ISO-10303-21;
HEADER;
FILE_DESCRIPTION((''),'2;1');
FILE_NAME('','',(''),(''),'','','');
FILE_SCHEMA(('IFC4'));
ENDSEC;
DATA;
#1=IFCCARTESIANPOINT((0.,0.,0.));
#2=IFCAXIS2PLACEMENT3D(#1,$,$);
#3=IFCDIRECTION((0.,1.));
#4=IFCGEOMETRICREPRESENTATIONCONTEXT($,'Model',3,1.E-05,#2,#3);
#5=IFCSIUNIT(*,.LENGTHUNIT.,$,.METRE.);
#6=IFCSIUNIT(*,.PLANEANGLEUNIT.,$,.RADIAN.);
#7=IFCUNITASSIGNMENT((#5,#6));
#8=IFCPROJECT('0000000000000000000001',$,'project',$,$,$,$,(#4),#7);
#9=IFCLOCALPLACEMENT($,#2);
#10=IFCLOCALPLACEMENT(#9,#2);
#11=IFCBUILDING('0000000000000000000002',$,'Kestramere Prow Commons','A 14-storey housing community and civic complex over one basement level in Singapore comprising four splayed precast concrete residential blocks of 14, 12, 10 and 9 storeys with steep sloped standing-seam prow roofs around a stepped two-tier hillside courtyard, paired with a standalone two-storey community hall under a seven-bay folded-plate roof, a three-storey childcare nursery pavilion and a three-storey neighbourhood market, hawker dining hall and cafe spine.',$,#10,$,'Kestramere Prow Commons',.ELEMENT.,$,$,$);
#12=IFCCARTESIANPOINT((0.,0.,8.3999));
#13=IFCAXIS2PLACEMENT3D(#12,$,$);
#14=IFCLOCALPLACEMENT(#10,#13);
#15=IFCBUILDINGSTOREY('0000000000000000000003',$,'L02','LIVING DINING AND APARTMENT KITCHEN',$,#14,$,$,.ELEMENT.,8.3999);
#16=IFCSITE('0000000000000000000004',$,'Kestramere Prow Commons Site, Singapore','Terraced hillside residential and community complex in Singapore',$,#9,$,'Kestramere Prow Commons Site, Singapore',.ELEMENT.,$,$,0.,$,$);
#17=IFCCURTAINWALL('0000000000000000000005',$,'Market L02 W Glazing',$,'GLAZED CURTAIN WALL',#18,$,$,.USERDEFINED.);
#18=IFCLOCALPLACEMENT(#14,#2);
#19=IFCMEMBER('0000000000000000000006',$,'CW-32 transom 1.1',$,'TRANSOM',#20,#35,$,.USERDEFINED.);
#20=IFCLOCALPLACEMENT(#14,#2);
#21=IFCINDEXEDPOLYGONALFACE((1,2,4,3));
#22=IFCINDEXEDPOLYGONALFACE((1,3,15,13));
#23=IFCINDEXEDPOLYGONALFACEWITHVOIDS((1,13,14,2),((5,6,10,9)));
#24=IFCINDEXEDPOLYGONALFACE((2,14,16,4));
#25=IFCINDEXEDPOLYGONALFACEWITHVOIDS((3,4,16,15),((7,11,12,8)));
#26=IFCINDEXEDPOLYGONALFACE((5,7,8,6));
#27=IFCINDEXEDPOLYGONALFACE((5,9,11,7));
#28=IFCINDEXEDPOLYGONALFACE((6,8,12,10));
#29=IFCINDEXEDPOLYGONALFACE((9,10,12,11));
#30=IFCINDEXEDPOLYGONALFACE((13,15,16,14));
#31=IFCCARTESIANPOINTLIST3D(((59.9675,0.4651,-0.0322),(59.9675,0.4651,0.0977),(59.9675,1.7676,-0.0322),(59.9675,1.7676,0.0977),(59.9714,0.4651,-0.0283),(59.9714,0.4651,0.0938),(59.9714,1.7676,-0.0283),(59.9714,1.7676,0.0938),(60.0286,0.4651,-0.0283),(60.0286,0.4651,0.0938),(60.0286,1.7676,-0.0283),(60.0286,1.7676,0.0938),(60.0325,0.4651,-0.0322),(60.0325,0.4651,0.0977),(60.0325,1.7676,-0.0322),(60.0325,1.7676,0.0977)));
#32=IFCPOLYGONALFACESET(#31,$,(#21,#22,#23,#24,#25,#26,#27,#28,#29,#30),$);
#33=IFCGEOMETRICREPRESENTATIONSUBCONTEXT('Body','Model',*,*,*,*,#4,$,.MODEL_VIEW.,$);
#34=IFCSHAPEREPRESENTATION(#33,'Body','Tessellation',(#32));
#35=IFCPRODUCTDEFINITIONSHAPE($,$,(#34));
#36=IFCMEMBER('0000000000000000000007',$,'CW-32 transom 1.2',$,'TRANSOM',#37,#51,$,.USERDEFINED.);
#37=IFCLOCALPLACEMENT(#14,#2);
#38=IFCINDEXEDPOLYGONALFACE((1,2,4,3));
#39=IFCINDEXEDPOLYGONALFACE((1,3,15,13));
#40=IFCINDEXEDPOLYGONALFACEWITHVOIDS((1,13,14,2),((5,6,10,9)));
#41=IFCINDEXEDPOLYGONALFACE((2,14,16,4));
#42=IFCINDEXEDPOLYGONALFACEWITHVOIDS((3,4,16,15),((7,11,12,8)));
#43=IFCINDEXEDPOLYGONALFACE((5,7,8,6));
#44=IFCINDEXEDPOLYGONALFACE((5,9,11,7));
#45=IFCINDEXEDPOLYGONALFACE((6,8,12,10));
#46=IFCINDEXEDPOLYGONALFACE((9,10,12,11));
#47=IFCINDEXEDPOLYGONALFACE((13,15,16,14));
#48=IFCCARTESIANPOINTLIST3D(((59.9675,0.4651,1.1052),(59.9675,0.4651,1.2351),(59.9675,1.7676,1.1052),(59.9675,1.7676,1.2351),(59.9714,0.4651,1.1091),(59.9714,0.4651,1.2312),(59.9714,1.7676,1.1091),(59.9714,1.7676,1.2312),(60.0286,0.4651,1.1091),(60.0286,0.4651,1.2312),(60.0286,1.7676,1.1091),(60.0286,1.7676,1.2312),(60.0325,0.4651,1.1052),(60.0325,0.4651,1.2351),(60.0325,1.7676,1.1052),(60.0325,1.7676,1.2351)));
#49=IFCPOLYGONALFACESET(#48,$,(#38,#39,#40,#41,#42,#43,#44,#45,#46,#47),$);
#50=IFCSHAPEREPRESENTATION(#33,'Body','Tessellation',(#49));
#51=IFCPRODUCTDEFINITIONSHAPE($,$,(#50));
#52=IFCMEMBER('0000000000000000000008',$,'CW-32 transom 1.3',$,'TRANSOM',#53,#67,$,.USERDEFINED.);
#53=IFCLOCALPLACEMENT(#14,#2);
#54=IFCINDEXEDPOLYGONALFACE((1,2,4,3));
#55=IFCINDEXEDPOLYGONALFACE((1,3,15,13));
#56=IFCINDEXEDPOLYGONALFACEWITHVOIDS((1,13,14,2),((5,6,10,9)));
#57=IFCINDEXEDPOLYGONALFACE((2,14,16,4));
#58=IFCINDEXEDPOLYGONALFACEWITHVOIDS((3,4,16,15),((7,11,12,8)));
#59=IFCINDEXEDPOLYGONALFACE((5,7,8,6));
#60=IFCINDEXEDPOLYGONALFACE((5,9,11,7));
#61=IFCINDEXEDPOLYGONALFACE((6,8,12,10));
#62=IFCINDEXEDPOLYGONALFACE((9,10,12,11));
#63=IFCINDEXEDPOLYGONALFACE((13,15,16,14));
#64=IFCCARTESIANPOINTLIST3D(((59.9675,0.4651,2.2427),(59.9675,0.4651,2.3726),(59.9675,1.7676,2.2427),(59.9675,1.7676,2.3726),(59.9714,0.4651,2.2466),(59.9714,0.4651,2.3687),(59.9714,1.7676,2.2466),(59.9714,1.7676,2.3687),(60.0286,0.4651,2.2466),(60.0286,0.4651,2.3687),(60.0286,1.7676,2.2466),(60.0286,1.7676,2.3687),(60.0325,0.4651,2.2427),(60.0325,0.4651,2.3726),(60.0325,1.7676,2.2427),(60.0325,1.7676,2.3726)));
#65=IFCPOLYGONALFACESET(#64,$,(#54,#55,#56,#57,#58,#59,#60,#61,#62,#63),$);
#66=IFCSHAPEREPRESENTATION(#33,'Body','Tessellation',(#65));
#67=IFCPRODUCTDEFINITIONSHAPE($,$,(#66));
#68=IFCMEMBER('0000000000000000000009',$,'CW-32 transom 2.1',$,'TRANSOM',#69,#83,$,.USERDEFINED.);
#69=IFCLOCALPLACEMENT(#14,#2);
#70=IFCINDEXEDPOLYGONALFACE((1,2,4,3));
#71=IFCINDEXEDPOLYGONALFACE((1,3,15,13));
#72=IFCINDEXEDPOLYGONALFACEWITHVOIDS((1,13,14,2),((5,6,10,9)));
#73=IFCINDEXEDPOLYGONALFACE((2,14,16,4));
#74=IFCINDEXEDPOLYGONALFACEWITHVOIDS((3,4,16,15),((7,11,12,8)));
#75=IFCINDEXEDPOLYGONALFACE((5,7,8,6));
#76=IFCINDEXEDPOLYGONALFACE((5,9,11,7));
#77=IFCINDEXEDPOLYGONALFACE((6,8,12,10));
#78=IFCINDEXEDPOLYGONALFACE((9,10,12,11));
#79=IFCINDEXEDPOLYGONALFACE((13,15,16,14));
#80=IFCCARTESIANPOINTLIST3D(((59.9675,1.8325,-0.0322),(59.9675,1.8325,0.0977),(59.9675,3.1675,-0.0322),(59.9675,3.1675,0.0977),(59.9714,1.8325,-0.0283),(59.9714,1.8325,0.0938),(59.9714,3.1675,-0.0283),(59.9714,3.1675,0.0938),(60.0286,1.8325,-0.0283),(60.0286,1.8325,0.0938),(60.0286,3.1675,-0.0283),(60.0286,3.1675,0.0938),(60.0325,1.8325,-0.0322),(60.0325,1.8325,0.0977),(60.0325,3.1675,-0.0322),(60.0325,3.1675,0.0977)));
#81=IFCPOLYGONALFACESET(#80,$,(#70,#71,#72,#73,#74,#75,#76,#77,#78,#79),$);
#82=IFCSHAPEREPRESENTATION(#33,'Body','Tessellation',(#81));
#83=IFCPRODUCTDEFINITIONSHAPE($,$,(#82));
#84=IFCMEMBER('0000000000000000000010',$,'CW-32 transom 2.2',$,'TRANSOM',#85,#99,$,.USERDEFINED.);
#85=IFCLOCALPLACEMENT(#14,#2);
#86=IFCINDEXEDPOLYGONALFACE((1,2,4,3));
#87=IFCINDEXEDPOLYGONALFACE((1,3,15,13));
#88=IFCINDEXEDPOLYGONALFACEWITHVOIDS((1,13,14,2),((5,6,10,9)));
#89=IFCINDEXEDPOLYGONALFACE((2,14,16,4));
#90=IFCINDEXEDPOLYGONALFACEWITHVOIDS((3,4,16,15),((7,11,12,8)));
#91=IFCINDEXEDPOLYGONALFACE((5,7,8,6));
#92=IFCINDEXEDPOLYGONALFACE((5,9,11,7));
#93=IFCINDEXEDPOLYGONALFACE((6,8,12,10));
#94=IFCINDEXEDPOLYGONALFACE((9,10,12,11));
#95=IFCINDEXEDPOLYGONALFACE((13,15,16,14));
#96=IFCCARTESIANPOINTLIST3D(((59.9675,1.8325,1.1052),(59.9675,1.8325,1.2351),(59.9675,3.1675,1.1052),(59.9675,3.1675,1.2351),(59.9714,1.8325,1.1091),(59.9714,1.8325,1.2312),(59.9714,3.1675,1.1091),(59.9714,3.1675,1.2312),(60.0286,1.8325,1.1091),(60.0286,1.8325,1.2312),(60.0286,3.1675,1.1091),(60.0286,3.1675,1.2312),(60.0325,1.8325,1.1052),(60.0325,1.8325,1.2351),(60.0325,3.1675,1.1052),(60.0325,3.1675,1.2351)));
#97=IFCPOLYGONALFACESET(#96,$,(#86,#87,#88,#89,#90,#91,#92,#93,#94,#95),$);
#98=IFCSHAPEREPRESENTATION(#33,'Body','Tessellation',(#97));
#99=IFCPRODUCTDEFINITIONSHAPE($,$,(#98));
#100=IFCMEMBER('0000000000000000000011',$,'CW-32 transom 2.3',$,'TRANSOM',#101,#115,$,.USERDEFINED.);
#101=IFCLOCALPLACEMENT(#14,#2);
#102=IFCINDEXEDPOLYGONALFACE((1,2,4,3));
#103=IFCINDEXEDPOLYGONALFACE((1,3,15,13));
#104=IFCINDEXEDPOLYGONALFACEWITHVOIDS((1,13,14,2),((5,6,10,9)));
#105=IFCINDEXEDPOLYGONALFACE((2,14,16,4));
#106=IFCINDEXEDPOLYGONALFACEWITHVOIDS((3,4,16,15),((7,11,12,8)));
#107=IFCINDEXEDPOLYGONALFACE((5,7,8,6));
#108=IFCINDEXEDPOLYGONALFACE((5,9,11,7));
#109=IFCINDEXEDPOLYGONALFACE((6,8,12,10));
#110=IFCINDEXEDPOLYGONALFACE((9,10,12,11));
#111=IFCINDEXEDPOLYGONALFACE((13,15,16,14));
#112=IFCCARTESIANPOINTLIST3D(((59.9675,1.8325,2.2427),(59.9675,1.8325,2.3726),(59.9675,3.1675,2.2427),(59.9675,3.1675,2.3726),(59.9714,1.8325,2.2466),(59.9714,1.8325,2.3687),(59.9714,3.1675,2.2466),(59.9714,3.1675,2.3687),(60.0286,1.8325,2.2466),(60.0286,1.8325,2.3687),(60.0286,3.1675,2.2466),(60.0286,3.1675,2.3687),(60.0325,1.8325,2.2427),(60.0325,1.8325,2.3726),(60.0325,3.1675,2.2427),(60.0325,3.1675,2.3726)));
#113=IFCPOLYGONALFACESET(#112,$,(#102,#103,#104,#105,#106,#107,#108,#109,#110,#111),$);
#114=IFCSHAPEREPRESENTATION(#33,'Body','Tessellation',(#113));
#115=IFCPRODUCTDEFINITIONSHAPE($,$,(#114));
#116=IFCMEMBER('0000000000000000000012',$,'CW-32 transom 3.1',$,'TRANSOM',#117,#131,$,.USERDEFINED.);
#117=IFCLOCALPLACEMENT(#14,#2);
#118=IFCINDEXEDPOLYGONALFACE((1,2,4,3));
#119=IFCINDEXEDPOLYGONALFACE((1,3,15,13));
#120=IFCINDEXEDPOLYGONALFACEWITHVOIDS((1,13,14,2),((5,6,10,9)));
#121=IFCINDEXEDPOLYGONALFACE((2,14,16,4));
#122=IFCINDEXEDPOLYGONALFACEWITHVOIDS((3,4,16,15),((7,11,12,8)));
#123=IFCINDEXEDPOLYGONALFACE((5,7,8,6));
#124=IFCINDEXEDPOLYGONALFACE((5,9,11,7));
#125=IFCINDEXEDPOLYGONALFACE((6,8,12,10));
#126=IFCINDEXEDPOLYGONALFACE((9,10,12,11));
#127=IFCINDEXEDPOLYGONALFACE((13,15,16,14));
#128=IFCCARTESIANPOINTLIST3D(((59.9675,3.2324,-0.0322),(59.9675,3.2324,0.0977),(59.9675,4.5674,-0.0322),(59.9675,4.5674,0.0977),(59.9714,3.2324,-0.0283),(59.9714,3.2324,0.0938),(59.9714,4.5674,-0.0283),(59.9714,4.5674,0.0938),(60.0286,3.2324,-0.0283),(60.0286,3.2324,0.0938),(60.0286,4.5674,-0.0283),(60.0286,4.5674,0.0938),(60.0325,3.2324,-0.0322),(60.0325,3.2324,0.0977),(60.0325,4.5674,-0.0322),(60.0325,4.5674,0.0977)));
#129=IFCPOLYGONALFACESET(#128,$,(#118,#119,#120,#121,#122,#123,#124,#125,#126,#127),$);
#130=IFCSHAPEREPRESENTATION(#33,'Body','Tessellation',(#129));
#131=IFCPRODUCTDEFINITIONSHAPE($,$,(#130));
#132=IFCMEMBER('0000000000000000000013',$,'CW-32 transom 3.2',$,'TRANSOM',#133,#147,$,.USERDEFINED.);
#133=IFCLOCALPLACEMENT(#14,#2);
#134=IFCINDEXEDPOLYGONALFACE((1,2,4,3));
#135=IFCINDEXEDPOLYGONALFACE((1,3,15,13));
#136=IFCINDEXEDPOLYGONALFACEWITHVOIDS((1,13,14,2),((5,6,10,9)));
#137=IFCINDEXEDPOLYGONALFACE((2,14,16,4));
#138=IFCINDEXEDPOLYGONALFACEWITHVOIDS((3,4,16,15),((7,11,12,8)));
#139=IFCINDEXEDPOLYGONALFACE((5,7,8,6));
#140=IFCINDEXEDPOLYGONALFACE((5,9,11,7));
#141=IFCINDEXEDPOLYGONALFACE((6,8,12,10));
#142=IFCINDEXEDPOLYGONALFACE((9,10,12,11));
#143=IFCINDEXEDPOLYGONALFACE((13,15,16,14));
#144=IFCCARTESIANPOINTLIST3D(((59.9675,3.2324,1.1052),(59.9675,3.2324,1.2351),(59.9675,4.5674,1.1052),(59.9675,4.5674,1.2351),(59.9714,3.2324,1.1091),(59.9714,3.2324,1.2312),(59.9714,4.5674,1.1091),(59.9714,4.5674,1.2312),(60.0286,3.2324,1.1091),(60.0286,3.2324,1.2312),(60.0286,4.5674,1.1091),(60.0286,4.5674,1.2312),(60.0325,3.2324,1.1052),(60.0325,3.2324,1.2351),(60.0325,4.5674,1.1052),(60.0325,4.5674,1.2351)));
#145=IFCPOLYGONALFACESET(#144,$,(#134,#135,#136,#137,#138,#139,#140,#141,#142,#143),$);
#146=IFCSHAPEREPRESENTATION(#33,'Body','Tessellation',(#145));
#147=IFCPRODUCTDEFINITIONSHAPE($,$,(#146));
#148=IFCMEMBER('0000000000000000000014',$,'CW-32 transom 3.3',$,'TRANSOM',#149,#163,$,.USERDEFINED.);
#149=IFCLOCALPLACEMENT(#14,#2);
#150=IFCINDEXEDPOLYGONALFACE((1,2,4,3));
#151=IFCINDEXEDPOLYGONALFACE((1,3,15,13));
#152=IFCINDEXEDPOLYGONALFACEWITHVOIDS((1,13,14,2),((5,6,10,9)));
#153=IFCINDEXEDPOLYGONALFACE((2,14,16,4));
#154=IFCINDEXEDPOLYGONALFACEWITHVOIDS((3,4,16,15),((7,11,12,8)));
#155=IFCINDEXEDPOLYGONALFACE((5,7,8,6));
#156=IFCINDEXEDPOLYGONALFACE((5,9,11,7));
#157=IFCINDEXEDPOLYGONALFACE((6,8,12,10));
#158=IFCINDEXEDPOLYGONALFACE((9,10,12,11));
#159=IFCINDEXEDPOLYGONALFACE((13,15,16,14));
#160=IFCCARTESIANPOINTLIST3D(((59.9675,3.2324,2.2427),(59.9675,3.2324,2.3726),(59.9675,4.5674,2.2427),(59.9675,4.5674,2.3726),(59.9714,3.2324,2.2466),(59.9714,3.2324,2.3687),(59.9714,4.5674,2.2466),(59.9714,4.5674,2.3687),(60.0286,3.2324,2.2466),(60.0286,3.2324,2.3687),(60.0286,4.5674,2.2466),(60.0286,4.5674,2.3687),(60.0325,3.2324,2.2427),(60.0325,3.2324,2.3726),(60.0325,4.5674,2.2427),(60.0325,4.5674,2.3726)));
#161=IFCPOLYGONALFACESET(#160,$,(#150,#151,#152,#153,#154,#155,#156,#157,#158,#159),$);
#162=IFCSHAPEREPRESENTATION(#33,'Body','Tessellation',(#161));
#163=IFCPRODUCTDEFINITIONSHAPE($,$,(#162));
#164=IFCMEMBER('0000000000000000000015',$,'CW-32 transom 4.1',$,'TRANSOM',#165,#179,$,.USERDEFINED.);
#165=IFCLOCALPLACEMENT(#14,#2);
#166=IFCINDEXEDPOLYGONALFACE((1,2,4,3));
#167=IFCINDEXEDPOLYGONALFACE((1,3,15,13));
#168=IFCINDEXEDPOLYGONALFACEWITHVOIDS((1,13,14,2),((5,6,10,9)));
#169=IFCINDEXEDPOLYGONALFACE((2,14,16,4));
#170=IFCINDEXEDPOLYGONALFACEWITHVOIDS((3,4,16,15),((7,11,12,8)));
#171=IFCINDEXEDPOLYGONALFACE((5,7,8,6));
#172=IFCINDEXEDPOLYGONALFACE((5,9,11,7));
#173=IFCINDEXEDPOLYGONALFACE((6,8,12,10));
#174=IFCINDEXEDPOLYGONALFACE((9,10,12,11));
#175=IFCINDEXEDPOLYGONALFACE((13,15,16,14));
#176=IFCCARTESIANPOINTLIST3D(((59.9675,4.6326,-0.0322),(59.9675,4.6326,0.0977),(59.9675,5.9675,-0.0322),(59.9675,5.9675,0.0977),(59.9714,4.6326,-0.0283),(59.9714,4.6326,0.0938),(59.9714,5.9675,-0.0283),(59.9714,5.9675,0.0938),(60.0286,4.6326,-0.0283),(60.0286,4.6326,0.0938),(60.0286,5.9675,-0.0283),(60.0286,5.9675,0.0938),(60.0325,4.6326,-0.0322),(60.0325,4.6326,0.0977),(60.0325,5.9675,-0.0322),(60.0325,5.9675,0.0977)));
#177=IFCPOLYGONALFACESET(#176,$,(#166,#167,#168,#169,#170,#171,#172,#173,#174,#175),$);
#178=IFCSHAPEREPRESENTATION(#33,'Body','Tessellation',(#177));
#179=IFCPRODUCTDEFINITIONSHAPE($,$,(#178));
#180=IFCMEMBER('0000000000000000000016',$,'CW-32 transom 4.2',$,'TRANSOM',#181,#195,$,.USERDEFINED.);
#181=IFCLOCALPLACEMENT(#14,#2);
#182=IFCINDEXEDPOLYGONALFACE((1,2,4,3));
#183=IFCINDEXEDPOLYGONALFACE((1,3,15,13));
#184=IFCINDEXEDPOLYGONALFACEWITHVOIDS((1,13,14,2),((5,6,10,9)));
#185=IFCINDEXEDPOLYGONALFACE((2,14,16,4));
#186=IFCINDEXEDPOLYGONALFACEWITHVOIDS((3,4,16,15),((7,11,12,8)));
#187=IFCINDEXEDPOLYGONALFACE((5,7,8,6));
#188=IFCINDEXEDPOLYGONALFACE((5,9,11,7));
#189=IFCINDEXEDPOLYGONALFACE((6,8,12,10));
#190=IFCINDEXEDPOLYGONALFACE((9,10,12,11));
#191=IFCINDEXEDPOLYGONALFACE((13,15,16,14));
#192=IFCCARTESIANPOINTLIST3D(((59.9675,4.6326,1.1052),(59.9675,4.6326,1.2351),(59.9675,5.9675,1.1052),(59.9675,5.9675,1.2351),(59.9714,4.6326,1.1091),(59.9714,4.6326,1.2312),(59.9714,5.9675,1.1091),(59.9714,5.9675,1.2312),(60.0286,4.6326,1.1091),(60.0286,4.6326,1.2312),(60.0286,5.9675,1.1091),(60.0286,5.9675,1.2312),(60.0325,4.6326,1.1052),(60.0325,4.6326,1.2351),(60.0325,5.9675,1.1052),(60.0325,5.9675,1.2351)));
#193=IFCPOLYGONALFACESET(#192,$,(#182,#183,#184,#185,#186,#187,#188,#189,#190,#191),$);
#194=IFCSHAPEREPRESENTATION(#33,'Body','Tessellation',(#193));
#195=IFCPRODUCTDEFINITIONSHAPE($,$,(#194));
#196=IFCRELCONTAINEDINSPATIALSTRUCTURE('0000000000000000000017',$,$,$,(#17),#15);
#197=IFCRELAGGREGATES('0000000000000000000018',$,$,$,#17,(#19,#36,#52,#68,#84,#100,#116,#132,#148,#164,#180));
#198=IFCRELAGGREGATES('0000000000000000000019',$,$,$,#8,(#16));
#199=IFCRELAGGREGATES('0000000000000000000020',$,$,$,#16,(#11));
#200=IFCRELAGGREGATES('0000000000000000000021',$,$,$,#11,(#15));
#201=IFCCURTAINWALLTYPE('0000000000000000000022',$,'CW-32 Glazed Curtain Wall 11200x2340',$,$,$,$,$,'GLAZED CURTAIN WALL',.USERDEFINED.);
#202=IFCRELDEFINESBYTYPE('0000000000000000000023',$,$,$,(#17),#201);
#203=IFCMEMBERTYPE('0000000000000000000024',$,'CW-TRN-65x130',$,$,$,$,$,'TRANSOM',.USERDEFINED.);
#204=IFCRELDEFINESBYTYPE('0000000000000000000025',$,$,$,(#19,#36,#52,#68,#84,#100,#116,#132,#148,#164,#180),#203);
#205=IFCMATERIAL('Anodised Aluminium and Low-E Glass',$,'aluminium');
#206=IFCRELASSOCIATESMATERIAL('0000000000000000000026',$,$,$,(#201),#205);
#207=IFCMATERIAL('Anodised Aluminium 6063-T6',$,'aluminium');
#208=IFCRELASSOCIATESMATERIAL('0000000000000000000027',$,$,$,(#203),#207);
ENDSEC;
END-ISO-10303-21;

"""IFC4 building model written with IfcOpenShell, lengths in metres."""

from ifc_helpers import new_model, si_unit, direction, frame, origin, origin_2d, place, context, subcontext, project, spatial, hollow_rectangle, extrude, material, material_profile, profile_set, type_object, element, aggregate, save


model = new_model("IFC4")

# Units and contexts
model_context = context("Model", 3, precision=1e-05, world=origin(), true_north=direction((0.0, 1.0)))
body_context = subcontext(model_context, "Body", "Model", "MODEL_VIEW")
ifc_project = project(units=[si_unit("LENGTHUNIT", "METRE"), si_unit("PLANEANGLEUNIT", "RADIAN")], contexts=[model_context])

# Site, building, storey
site_placement = place(None, origin())
site = spatial("IfcSite", under=ifc_project, at=site_placement, Name="Kestramere Prow Commons Site, Singapore", Description="Terraced hillside residential and community complex in Singapore", LongName="Kestramere Prow Commons Site, Singapore", CompositionType="ELEMENT", RefElevation=0.0)
building_placement = place(site_placement, origin())
building = spatial("IfcBuilding", under=site, at=building_placement, Name="Kestramere Prow Commons", Description="A 14-storey housing community and civic complex over one basement level in Singapore comprising four splayed precast concrete residential blocks of 14, 12, 10 and 9 storeys with steep sloped standing-seam prow roofs around a stepped two-tier hillside courtyard, paired with a standalone two-storey community hall under a seven-bay folded-plate roof, a three-storey childcare nursery pavilion and a three-storey neighbourhood market, hawker dining hall and cafe spine.", LongName="Kestramere Prow Commons", CompositionType="ELEMENT")
storey_placement = place(building_placement, frame((0.0, 0.0, 8.3999)))
storey = spatial("IfcBuildingStorey", under=building, at=storey_placement, Name="L02", Description="LIVING DINING AND APARTMENT KITCHEN", CompositionType="ELEMENT", Elevation=8.3999)

# Shared definitions
ifc_material_1 = material(Name="Anodised Aluminium and Low-E Glass", Category="aluminium")
ifc_material_2 = material(Name="Anodised Aluminium 6063-T6", Category="aluminium")

# Curtain wall
curtain_wall_type_1 = type_object("IfcCurtainWallType", Name="CW-32 Glazed Curtain Wall 11200x2340", ElementType="GLAZED CURTAIN WALL", PredefinedType="USERDEFINED", material=ifc_material_1)
curtain_wall_1_placement = place(storey_placement, origin())
curtain_wall_1 = element("IfcCurtainWall", 1, at=curtain_wall_1_placement, inside=storey, type_object=curtain_wall_type_1, Name="Market L02 W Glazing", ObjectType="GLAZED CURTAIN WALL", PredefinedType="USERDEFINED")

# Members
ifc_material_profile_1 = material_profile(ifc_material_2, hollow_rectangle(XDim=0.0649, YDim=0.1299, WallThickness=0.0039, at=origin_2d()), Name="ALU-TRN 65x130")
ifc_profile_set_1 = profile_set([ifc_material_profile_1], Name="Anodised Aluminium 6063-T6")
member_type_1 = type_object("IfcMemberType", Name="CW-TRN-65x130", ElementType="TRANSOM", PredefinedType="USERDEFINED", material=ifc_profile_set_1)
member_1_placement = place(storey_placement, frame((60.0, 0.4651, 0.0327), z_axis=(0.0, 1.0, 0.0), x_axis=(-1.0, 0.0, 0.0)))
member_1 = element("IfcMember", 2, at=member_1_placement, type_object=member_type_1, Name="CW-32 transom 1.1", ObjectType="TRANSOM", PredefinedType="USERDEFINED", context=body_context, shape_type="SweptSolid", body=[
    extrude(hollow_rectangle(XDim=0.0649, YDim=0.1299, WallThickness=0.0039, at=origin_2d()), origin(), (0.0, 0.0, 1.0), 1.3025),
])
member_2_placement = place(storey_placement, frame((60.0, 0.4651, 1.1702), z_axis=(0.0, 1.0, 0.0), x_axis=(-1.0, 0.0, 0.0)))
member_2 = element("IfcMember", 3, at=member_2_placement, type_object=member_type_1, Name="CW-32 transom 1.2", ObjectType="TRANSOM", PredefinedType="USERDEFINED", context=body_context, shape_type="SweptSolid", body=[
    extrude(hollow_rectangle(XDim=0.0649, YDim=0.1299, WallThickness=0.0039, at=origin_2d()), origin(), (0.0, 0.0, 1.0), 1.3025),
])
member_3_placement = place(storey_placement, frame((60.0, 0.4651, 2.3076), z_axis=(0.0, 1.0, 0.0), x_axis=(-1.0, 0.0, 0.0)))
member_3 = element("IfcMember", 4, at=member_3_placement, type_object=member_type_1, Name="CW-32 transom 1.3", ObjectType="TRANSOM", PredefinedType="USERDEFINED", context=body_context, shape_type="SweptSolid", body=[
    extrude(hollow_rectangle(XDim=0.0649, YDim=0.1299, WallThickness=0.0039, at=origin_2d()), origin(), (0.0, 0.0, 1.0), 1.3025),
])
member_4_placement = place(storey_placement, frame((60.0, 1.8325, 0.0327), z_axis=(0.0, 1.0, 0.0), x_axis=(-1.0, 0.0, 0.0)))
member_4 = element("IfcMember", 5, at=member_4_placement, type_object=member_type_1, Name="CW-32 transom 2.1", ObjectType="TRANSOM", PredefinedType="USERDEFINED", context=body_context, shape_type="SweptSolid", body=[
    extrude(hollow_rectangle(XDim=0.0649, YDim=0.1299, WallThickness=0.0039, at=origin_2d()), origin(), (0.0, 0.0, 1.0), 1.335),
])
member_5_placement = place(storey_placement, frame((60.0, 1.8325, 1.1702), z_axis=(0.0, 1.0, 0.0), x_axis=(-1.0, 0.0, 0.0)))
member_5 = element("IfcMember", 6, at=member_5_placement, type_object=member_type_1, Name="CW-32 transom 2.2", ObjectType="TRANSOM", PredefinedType="USERDEFINED", context=body_context, shape_type="SweptSolid", body=[
    extrude(hollow_rectangle(XDim=0.0649, YDim=0.1299, WallThickness=0.0039, at=origin_2d()), origin(), (0.0, 0.0, 1.0), 1.335),
])
member_6_placement = place(storey_placement, frame((60.0, 1.8325, 2.3076), z_axis=(0.0, 1.0, 0.0), x_axis=(-1.0, 0.0, 0.0)))
member_6 = element("IfcMember", 7, at=member_6_placement, type_object=member_type_1, Name="CW-32 transom 2.3", ObjectType="TRANSOM", PredefinedType="USERDEFINED", context=body_context, shape_type="SweptSolid", body=[
    extrude(hollow_rectangle(XDim=0.0649, YDim=0.1299, WallThickness=0.0039, at=origin_2d()), origin(), (0.0, 0.0, 1.0), 1.335),
])
member_7_placement = place(storey_placement, frame((60.0, 3.2324, 0.0327), z_axis=(0.0, 1.0, 0.0), x_axis=(-1.0, 0.0, 0.0)))
member_7 = element("IfcMember", 8, at=member_7_placement, type_object=member_type_1, Name="CW-32 transom 3.1", ObjectType="TRANSOM", PredefinedType="USERDEFINED", context=body_context, shape_type="SweptSolid", body=[
    extrude(hollow_rectangle(XDim=0.0649, YDim=0.1299, WallThickness=0.0039, at=origin_2d()), origin(), (0.0, 0.0, 1.0), 1.335),
])
member_8_placement = place(storey_placement, frame((60.0, 3.2324, 1.1702), z_axis=(0.0, 1.0, 0.0), x_axis=(-1.0, 0.0, 0.0)))
member_8 = element("IfcMember", 9, at=member_8_placement, type_object=member_type_1, Name="CW-32 transom 3.2", ObjectType="TRANSOM", PredefinedType="USERDEFINED", context=body_context, shape_type="SweptSolid", body=[
    extrude(hollow_rectangle(XDim=0.0649, YDim=0.1299, WallThickness=0.0039, at=origin_2d()), origin(), (0.0, 0.0, 1.0), 1.335),
])
member_9_placement = place(storey_placement, frame((60.0, 3.2324, 2.3076), z_axis=(0.0, 1.0, 0.0), x_axis=(-1.0, 0.0, 0.0)))
member_9 = element("IfcMember", 10, at=member_9_placement, type_object=member_type_1, Name="CW-32 transom 3.3", ObjectType="TRANSOM", PredefinedType="USERDEFINED", context=body_context, shape_type="SweptSolid", body=[
    extrude(hollow_rectangle(XDim=0.0649, YDim=0.1299, WallThickness=0.0039, at=origin_2d()), origin(), (0.0, 0.0, 1.0), 1.335),
])
member_10_placement = place(storey_placement, frame((60.0, 4.6326, 0.0327), z_axis=(0.0, 1.0, 0.0), x_axis=(-1.0, 0.0, 0.0)))
member_10 = element("IfcMember", 11, at=member_10_placement, type_object=member_type_1, Name="CW-32 transom 4.1", ObjectType="TRANSOM", PredefinedType="USERDEFINED", context=body_context, shape_type="SweptSolid", body=[
    extrude(hollow_rectangle(XDim=0.0649, YDim=0.1299, WallThickness=0.0039, at=origin_2d()), origin(), (0.0, 0.0, 1.0), 1.335),
])
member_11_placement = place(storey_placement, frame((60.0, 4.6326, 1.1702), z_axis=(0.0, 1.0, 0.0), x_axis=(-1.0, 0.0, 0.0)))
member_11 = element("IfcMember", 12, at=member_11_placement, type_object=member_type_1, Name="CW-32 transom 4.2", ObjectType="TRANSOM", PredefinedType="USERDEFINED", context=body_context, shape_type="SweptSolid", body=[
    extrude(hollow_rectangle(XDim=0.0649, YDim=0.1299, WallThickness=0.0039, at=origin_2d()), origin(), (0.0, 0.0, 1.0), 1.335),
])

aggregate(curtain_wall_1, [member_1, member_2, member_3, member_4, member_5, member_6, member_7, member_8, member_9, member_10, member_11])

save(model, "model.ifc")
